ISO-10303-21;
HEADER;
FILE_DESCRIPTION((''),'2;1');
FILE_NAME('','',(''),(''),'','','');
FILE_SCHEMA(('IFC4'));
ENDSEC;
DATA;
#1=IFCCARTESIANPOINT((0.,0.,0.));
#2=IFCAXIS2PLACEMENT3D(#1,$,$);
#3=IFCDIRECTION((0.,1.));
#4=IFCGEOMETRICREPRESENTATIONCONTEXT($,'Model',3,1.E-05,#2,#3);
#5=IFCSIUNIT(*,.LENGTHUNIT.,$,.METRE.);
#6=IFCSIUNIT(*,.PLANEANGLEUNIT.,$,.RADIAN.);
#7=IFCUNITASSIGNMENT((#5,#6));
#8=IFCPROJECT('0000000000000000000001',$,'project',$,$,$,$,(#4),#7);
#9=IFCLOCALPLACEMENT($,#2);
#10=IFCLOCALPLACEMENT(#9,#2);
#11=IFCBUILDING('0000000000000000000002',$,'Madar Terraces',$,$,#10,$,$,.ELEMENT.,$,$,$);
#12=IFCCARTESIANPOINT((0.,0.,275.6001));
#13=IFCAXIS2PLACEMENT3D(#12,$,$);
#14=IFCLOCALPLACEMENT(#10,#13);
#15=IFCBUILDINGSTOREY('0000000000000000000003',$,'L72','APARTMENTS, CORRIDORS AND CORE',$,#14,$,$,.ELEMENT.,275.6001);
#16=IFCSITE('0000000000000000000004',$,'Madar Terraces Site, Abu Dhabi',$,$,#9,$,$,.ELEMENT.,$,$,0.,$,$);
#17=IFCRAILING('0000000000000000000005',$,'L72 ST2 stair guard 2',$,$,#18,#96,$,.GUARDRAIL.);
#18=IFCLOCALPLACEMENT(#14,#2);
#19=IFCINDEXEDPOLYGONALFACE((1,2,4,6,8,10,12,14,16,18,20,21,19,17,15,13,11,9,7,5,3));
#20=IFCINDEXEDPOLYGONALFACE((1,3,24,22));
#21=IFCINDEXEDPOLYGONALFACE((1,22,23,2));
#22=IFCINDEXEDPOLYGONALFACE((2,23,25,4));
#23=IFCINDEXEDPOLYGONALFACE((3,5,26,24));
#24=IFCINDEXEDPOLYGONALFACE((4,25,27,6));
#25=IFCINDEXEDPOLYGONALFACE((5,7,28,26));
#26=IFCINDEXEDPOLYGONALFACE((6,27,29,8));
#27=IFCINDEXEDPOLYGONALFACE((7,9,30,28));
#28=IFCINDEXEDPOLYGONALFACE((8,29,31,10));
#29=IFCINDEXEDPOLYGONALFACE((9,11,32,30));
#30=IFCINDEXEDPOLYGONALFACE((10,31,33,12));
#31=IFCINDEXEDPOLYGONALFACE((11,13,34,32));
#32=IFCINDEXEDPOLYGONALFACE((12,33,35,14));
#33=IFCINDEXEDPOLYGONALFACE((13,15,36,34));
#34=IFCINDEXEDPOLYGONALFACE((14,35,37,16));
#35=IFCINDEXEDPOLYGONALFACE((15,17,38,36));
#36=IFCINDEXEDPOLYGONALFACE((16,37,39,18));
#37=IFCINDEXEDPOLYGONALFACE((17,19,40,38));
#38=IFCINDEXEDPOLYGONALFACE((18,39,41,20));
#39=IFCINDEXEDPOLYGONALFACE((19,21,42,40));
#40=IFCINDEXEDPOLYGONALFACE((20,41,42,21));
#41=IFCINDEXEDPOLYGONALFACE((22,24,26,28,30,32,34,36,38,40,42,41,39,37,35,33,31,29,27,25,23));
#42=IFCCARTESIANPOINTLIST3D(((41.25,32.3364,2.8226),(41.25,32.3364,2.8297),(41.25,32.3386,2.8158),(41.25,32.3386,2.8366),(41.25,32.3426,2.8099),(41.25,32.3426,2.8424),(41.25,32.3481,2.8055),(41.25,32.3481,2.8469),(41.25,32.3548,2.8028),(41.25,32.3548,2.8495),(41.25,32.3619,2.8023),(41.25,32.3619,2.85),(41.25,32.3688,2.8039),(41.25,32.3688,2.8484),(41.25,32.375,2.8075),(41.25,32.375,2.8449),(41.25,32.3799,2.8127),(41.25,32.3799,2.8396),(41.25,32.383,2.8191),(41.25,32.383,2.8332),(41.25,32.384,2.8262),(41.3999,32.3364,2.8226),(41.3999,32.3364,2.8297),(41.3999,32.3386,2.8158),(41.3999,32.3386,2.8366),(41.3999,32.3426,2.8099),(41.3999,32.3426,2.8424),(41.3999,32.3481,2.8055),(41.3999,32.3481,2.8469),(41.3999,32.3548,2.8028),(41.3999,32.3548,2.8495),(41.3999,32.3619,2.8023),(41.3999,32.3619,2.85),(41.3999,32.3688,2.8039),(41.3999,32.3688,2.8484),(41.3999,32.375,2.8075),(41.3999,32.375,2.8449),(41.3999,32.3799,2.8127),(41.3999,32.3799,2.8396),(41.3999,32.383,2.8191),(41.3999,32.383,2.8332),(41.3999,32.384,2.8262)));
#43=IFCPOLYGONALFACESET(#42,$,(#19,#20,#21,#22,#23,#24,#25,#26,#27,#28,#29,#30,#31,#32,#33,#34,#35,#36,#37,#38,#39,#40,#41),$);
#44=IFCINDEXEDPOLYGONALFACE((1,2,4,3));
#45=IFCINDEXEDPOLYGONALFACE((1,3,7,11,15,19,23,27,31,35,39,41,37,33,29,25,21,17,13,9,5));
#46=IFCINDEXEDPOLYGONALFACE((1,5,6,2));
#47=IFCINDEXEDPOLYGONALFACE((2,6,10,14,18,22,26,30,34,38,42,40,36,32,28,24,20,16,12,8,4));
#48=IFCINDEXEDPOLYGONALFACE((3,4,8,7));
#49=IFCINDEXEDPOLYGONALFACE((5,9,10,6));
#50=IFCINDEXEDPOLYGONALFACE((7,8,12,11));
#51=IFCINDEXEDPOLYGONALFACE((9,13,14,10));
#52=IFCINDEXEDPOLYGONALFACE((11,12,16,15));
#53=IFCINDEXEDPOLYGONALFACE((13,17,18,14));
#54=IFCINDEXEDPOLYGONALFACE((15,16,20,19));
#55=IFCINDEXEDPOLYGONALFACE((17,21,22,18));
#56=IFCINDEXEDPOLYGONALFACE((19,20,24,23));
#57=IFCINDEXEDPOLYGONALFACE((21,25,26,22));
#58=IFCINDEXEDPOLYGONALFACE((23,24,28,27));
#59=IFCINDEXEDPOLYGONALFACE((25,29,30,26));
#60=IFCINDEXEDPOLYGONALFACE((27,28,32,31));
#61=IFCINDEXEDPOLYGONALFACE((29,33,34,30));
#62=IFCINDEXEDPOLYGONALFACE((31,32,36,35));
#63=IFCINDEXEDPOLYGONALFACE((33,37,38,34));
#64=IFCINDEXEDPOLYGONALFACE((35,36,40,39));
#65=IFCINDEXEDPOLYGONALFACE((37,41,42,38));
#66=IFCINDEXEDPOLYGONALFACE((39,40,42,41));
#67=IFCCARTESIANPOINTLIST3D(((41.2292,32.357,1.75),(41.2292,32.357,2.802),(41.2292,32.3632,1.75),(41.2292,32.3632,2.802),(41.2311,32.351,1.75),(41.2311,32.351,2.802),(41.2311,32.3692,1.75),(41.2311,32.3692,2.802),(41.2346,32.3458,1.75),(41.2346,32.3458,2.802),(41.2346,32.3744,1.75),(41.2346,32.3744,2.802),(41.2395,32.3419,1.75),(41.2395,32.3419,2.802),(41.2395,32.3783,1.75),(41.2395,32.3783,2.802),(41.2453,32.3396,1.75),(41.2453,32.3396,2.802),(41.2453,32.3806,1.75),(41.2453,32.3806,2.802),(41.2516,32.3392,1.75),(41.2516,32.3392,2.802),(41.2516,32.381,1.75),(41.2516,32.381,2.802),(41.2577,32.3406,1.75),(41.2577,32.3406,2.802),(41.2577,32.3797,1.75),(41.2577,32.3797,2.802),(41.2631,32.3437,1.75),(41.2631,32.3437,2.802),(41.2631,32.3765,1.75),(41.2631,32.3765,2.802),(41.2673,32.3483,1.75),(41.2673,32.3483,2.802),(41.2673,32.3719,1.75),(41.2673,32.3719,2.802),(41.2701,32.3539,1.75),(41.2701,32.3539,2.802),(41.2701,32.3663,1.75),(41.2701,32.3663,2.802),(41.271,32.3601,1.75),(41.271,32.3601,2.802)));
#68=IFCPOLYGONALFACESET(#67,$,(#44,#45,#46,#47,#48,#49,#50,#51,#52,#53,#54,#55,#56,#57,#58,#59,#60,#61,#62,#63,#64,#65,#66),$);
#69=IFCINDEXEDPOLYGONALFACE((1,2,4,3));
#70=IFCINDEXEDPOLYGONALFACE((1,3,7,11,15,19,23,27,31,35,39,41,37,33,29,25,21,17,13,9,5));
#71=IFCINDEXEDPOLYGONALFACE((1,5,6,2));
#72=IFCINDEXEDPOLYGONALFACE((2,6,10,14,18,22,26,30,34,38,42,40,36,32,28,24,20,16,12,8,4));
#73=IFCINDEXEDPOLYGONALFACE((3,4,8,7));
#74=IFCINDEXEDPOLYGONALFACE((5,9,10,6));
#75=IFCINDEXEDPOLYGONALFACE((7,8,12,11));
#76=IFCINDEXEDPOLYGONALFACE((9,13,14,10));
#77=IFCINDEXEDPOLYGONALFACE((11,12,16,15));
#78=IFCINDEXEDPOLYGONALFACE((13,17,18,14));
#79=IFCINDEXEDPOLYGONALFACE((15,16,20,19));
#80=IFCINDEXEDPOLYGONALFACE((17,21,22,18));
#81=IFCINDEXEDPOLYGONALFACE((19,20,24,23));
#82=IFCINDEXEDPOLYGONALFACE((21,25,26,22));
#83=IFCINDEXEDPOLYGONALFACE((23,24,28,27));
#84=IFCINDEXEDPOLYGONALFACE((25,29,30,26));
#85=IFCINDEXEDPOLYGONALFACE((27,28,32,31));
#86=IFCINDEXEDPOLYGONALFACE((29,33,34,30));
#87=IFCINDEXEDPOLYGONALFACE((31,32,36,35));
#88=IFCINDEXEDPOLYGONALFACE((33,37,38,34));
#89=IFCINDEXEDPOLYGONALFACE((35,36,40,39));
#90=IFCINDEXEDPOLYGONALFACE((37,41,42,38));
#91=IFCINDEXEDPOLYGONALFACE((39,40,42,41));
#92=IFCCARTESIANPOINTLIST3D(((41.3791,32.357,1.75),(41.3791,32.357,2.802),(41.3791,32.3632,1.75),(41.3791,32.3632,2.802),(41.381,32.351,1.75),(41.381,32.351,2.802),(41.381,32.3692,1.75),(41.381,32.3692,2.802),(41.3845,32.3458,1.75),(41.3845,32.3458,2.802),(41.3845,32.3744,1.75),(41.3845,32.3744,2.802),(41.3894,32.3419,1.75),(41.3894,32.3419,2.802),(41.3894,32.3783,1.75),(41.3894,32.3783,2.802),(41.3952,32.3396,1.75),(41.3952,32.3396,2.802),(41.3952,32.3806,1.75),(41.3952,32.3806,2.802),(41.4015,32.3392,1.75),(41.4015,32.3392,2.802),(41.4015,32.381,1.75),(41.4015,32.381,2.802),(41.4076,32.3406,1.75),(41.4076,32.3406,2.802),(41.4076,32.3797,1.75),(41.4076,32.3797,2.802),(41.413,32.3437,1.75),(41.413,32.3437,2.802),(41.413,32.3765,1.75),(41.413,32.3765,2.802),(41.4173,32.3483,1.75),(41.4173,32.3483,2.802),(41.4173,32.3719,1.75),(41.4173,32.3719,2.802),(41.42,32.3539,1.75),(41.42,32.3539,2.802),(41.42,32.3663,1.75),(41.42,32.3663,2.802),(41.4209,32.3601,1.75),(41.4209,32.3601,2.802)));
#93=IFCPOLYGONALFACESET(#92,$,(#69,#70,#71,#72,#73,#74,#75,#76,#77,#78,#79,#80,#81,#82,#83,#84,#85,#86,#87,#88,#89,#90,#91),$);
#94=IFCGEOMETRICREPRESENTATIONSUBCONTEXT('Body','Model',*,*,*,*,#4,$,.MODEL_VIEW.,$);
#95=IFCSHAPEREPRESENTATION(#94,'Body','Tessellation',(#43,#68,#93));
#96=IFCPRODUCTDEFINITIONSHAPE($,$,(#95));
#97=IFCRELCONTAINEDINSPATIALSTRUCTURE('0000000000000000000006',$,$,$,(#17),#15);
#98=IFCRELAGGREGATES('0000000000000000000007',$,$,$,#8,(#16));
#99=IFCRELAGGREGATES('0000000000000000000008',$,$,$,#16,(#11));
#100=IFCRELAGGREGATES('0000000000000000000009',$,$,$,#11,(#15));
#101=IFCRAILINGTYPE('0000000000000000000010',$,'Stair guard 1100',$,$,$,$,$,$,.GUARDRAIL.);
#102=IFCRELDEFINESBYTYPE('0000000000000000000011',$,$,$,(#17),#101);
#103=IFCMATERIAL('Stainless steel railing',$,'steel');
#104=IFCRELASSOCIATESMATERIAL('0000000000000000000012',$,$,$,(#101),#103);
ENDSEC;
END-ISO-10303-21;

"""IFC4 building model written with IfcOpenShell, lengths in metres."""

from ifc_helpers import new_model, si_unit, direction, frame, origin, origin_2d, place, context, subcontext, project, spatial, circle, extrude, material, type_object, element, save


model = new_model("IFC4")

# Units and contexts
model_context = context("Model", 3, precision=1e-05, world=origin(), true_north=direction((0.0, 1.0)))
body_context = subcontext(model_context, "Body", "Model", "MODEL_VIEW")
ifc_project = project(units=[si_unit("LENGTHUNIT", "METRE"), si_unit("PLANEANGLEUNIT", "RADIAN")], contexts=[model_context])

# Site, building, storey
site_placement = place(None, origin())
site = spatial("IfcSite", under=ifc_project, at=site_placement, Name="Madar Terraces Site, Abu Dhabi", CompositionType="ELEMENT", RefElevation=0.0)
building_placement = place(site_placement, origin())
building = spatial("IfcBuilding", under=site, at=building_placement, Name="Madar Terraces", CompositionType="ELEMENT")
storey_placement = place(building_placement, frame((0.0, 0.0, 275.6001)))
storey = spatial("IfcBuildingStorey", under=building, at=storey_placement, Name="L72", Description="APARTMENTS, CORRIDORS AND CORE", CompositionType="ELEMENT", Elevation=275.6001)

# Railing
ifc_material_1 = material(Name="Stainless steel railing", Category="steel")
railing_type_1 = type_object("IfcRailingType", Name="Stair guard 1100", PredefinedType="GUARDRAIL", material=ifc_material_1)
railing_1_placement = place(storey_placement, frame((41.25, 32.3601, 1.75)))
element("IfcRailing", 1, at=railing_1_placement, inside=storey, type_object=railing_type_1, Name="L72 ST2 stair guard 2", PredefinedType="GUARDRAIL", context=body_context, shape_type="SweptSolid", body=[
    extrude(circle(Radius=0.0239, at=origin_2d()), frame((0.0, 0.0, 1.0762), z_axis=(1.0, 0.0, 0.0), x_axis=(0.0, 1.0, 0.0)), (0.0, 0.0, 1.0), 0.1499),
    extrude(circle(Radius=0.021, at=origin_2d()), origin(), (0.0, 0.0, 1.0), 1.052),
    extrude(circle(Radius=0.021, at=origin_2d()), frame((0.1499, 0.0, 0.0)), (0.0, 0.0, 1.0), 1.052),
])

save(model, "model.ifc")
